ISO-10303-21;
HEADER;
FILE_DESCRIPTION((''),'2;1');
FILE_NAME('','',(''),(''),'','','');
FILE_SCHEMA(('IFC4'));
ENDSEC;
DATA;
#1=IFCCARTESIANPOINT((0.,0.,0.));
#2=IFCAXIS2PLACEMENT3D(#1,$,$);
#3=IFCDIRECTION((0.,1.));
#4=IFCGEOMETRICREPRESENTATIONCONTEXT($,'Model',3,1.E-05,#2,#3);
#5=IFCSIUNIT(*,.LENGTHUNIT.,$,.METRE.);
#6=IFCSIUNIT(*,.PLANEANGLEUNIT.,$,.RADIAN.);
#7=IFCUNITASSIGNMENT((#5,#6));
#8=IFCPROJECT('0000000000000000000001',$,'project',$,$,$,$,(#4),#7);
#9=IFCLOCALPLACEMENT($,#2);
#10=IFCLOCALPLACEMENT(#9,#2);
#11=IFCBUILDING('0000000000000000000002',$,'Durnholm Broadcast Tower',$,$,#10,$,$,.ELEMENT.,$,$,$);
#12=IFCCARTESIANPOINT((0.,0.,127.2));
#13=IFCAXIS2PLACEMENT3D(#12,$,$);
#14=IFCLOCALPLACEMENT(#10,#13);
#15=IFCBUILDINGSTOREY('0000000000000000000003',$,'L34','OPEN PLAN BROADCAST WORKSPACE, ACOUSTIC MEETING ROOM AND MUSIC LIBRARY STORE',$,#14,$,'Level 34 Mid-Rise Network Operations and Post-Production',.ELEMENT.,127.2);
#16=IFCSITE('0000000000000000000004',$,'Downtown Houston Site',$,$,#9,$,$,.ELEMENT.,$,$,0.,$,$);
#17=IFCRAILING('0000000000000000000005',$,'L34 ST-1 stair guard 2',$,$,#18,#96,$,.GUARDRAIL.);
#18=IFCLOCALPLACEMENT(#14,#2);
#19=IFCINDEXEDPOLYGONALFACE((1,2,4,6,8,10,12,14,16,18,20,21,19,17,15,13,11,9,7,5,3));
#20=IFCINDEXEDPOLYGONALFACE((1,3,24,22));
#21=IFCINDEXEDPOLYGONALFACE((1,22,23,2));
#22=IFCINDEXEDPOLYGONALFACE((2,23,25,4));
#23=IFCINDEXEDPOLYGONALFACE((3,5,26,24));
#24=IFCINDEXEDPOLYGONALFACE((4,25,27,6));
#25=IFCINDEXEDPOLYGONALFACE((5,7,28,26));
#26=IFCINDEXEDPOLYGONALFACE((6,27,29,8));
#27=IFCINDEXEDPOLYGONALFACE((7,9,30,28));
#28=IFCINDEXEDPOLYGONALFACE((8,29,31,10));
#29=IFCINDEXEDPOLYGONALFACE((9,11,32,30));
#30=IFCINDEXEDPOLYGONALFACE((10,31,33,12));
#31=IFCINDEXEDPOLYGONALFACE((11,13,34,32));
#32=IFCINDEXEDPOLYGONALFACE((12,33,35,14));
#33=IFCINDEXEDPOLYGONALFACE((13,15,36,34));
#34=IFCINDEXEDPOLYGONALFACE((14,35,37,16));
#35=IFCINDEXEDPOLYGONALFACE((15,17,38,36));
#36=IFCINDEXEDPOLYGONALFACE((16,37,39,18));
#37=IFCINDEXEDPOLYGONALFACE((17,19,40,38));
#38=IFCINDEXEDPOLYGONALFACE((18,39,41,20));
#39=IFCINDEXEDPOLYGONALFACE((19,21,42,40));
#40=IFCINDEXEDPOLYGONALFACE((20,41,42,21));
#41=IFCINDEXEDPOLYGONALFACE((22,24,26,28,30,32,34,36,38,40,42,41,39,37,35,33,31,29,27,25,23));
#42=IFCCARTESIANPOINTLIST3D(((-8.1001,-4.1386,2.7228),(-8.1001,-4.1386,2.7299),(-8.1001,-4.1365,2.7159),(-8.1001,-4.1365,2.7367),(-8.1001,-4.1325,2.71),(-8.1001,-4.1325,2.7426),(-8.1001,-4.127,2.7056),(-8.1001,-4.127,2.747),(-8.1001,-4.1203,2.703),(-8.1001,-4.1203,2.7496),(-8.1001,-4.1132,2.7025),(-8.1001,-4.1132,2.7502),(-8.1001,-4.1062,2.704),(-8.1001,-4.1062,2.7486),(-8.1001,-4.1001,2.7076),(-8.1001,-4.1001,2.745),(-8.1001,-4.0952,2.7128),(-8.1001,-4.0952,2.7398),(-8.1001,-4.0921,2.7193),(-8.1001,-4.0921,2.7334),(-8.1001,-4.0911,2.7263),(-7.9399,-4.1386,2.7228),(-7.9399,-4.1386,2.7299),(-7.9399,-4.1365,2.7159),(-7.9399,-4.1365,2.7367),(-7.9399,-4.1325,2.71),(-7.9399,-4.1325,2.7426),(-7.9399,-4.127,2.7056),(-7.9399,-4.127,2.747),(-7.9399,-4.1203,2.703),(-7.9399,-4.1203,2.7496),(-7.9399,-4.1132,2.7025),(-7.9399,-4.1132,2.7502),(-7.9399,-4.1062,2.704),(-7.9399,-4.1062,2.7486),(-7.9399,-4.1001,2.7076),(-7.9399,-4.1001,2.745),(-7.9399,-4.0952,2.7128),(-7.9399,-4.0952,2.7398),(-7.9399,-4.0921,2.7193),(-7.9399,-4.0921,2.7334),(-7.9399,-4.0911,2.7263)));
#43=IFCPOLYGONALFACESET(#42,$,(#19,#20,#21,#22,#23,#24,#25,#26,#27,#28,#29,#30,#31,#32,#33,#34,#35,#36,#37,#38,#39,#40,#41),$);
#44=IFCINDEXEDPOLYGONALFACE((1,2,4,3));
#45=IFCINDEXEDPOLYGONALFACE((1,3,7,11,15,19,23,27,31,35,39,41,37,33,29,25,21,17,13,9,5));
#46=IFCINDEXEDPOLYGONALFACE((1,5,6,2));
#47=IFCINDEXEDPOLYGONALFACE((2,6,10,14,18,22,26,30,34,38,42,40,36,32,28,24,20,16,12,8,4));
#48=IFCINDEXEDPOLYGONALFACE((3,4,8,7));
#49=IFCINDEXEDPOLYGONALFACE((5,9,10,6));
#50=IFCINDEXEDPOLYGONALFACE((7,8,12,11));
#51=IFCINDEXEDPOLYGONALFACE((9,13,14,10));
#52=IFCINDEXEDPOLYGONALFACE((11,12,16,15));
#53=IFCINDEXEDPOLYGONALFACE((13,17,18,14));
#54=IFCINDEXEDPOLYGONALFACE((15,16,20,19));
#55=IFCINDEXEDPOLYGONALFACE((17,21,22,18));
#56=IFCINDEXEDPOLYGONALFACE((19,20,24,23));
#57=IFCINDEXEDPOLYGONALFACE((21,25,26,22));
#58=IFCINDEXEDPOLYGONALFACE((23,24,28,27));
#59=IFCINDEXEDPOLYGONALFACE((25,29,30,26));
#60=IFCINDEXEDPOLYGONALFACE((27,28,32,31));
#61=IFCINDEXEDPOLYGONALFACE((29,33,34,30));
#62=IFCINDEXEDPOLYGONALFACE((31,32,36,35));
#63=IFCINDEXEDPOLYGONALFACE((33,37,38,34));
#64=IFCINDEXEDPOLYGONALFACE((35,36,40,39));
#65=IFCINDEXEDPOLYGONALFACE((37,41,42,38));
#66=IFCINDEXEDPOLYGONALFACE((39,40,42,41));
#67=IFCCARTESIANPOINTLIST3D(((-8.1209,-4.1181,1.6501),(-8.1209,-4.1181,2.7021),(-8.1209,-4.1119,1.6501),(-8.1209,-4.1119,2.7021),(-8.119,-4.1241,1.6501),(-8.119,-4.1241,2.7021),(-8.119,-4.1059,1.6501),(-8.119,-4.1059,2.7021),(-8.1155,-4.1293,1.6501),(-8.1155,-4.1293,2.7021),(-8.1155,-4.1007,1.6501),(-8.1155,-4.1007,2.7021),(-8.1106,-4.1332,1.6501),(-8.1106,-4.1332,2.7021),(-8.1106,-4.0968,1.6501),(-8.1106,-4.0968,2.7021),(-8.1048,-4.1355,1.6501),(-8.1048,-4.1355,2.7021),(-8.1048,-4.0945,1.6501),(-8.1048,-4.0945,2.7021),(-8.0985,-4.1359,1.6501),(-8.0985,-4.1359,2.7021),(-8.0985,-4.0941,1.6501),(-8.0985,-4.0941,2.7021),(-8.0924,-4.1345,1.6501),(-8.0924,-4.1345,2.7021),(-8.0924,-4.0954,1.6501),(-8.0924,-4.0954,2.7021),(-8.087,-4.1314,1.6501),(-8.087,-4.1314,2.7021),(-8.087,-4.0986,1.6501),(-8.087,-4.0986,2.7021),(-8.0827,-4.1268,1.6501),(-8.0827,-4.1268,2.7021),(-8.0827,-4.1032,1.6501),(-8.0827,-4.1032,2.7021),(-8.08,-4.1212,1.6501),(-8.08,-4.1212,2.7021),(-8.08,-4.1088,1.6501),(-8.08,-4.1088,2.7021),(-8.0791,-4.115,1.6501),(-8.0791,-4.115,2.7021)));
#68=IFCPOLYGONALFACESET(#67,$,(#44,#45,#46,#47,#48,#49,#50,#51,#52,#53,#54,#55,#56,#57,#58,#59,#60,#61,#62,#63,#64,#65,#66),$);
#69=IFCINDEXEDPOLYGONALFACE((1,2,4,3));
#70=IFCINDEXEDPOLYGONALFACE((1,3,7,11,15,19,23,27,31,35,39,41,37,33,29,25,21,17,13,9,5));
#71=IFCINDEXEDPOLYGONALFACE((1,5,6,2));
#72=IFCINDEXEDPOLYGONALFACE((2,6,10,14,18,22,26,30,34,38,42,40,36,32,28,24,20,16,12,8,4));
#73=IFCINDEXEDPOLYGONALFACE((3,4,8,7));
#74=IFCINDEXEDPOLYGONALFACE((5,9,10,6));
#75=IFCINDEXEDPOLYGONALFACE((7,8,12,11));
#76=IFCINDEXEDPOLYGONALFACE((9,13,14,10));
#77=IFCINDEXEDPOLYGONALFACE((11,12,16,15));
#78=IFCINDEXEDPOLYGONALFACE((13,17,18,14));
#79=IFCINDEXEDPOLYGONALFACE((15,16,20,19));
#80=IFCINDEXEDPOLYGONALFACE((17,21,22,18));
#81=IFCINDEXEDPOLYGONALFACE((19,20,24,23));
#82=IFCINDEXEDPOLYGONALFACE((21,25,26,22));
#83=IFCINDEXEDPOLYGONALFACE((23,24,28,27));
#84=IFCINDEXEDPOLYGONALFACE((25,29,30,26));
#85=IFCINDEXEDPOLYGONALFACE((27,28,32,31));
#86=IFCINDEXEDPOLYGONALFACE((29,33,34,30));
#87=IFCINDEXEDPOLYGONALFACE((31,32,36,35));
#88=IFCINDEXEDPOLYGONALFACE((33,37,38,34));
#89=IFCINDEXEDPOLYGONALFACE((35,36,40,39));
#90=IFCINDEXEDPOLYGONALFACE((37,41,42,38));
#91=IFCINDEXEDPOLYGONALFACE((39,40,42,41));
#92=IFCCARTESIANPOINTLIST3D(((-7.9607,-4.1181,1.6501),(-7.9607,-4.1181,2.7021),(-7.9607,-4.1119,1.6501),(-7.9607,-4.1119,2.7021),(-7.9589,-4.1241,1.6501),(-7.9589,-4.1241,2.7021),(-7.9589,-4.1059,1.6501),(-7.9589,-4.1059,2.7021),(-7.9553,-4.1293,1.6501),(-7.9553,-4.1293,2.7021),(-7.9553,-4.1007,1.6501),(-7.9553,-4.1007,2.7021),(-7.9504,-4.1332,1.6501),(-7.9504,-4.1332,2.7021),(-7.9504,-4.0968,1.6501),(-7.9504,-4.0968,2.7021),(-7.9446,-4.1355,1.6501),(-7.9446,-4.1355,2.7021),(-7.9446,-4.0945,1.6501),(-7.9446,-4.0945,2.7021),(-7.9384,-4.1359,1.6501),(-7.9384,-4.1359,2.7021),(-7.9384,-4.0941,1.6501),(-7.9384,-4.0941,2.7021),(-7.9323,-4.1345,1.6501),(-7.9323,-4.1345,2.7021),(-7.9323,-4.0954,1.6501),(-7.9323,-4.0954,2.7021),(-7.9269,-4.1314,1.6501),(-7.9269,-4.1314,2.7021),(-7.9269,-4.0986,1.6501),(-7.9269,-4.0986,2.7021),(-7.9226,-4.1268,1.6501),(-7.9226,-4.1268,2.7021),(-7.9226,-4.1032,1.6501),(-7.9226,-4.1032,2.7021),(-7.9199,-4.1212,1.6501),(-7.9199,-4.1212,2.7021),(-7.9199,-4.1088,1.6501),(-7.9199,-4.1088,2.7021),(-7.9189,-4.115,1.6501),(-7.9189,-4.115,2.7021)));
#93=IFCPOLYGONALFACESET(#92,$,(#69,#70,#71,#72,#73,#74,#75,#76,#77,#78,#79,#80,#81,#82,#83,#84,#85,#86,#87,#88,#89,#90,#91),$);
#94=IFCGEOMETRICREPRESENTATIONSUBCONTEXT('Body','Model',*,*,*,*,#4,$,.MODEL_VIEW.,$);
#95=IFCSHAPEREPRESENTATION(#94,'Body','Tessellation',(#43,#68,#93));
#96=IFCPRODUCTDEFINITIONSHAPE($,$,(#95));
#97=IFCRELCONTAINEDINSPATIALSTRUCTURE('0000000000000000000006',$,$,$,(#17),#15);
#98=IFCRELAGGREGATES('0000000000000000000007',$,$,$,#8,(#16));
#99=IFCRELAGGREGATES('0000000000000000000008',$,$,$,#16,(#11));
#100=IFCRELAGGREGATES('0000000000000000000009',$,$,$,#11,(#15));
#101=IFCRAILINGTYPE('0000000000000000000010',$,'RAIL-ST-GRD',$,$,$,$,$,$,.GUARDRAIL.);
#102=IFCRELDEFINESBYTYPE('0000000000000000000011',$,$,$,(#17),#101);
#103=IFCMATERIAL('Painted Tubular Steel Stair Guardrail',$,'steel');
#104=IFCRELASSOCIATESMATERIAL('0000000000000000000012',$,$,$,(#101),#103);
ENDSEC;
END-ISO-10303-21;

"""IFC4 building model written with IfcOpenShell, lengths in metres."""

from ifc_helpers import new_model, si_unit, direction, frame, origin, origin_2d, place, context, subcontext, project, spatial, circle, extrude, material, type_object, element, save


model = new_model("IFC4")

# Units and contexts
model_context = context("Model", 3, precision=1e-05, world=origin(), true_north=direction((0.0, 1.0)))
body_context = subcontext(model_context, "Body", "Model", "MODEL_VIEW")
ifc_project = project(units=[si_unit("LENGTHUNIT", "METRE"), si_unit("PLANEANGLEUNIT", "RADIAN")], contexts=[model_context])

# Site, building, storey
site_placement = place(None, origin())
site = spatial("IfcSite", under=ifc_project, at=site_placement, Name="Downtown Houston Site", CompositionType="ELEMENT", RefElevation=0.0)
building_placement = place(site_placement, origin())
building = spatial("IfcBuilding", under=site, at=building_placement, Name="Durnholm Broadcast Tower", CompositionType="ELEMENT")
storey_placement = place(building_placement, frame((0.0, 0.0, 127.2)))
storey = spatial("IfcBuildingStorey", under=building, at=storey_placement, Name="L34", Description="OPEN PLAN BROADCAST WORKSPACE, ACOUSTIC MEETING ROOM AND MUSIC LIBRARY STORE", LongName="Level 34 Mid-Rise Network Operations and Post-Production", CompositionType="ELEMENT", Elevation=127.2)

# Railing
ifc_material_1 = material(Name="Painted Tubular Steel Stair Guardrail", Category="steel")
railing_type_1 = type_object("IfcRailingType", Name="RAIL-ST-GRD", PredefinedType="GUARDRAIL", material=ifc_material_1)
railing_1_placement = place(storey_placement, frame((-8.1001, -4.115, 1.6501)))
element("IfcRailing", 1, at=railing_1_placement, inside=storey, type_object=railing_type_1, Name="L34 ST-1 stair guard 2", PredefinedType="GUARDRAIL", context=body_context, shape_type="SweptSolid", body=[
    extrude(circle(Radius=0.0239, at=origin_2d()), frame((0.0, 0.0, 1.0762), z_axis=(1.0, 0.0, 0.0), x_axis=(0.0, 1.0, 0.0)), (0.0, 0.0, 1.0), 0.1602),
    extrude(circle(Radius=0.021, at=origin_2d()), origin(), (0.0, 0.0, 1.0), 1.052),
    extrude(circle(Radius=0.021, at=origin_2d()), frame((0.1602, 0.0, 0.0)), (0.0, 0.0, 1.0), 1.052),
])

save(model, "model.ifc")
